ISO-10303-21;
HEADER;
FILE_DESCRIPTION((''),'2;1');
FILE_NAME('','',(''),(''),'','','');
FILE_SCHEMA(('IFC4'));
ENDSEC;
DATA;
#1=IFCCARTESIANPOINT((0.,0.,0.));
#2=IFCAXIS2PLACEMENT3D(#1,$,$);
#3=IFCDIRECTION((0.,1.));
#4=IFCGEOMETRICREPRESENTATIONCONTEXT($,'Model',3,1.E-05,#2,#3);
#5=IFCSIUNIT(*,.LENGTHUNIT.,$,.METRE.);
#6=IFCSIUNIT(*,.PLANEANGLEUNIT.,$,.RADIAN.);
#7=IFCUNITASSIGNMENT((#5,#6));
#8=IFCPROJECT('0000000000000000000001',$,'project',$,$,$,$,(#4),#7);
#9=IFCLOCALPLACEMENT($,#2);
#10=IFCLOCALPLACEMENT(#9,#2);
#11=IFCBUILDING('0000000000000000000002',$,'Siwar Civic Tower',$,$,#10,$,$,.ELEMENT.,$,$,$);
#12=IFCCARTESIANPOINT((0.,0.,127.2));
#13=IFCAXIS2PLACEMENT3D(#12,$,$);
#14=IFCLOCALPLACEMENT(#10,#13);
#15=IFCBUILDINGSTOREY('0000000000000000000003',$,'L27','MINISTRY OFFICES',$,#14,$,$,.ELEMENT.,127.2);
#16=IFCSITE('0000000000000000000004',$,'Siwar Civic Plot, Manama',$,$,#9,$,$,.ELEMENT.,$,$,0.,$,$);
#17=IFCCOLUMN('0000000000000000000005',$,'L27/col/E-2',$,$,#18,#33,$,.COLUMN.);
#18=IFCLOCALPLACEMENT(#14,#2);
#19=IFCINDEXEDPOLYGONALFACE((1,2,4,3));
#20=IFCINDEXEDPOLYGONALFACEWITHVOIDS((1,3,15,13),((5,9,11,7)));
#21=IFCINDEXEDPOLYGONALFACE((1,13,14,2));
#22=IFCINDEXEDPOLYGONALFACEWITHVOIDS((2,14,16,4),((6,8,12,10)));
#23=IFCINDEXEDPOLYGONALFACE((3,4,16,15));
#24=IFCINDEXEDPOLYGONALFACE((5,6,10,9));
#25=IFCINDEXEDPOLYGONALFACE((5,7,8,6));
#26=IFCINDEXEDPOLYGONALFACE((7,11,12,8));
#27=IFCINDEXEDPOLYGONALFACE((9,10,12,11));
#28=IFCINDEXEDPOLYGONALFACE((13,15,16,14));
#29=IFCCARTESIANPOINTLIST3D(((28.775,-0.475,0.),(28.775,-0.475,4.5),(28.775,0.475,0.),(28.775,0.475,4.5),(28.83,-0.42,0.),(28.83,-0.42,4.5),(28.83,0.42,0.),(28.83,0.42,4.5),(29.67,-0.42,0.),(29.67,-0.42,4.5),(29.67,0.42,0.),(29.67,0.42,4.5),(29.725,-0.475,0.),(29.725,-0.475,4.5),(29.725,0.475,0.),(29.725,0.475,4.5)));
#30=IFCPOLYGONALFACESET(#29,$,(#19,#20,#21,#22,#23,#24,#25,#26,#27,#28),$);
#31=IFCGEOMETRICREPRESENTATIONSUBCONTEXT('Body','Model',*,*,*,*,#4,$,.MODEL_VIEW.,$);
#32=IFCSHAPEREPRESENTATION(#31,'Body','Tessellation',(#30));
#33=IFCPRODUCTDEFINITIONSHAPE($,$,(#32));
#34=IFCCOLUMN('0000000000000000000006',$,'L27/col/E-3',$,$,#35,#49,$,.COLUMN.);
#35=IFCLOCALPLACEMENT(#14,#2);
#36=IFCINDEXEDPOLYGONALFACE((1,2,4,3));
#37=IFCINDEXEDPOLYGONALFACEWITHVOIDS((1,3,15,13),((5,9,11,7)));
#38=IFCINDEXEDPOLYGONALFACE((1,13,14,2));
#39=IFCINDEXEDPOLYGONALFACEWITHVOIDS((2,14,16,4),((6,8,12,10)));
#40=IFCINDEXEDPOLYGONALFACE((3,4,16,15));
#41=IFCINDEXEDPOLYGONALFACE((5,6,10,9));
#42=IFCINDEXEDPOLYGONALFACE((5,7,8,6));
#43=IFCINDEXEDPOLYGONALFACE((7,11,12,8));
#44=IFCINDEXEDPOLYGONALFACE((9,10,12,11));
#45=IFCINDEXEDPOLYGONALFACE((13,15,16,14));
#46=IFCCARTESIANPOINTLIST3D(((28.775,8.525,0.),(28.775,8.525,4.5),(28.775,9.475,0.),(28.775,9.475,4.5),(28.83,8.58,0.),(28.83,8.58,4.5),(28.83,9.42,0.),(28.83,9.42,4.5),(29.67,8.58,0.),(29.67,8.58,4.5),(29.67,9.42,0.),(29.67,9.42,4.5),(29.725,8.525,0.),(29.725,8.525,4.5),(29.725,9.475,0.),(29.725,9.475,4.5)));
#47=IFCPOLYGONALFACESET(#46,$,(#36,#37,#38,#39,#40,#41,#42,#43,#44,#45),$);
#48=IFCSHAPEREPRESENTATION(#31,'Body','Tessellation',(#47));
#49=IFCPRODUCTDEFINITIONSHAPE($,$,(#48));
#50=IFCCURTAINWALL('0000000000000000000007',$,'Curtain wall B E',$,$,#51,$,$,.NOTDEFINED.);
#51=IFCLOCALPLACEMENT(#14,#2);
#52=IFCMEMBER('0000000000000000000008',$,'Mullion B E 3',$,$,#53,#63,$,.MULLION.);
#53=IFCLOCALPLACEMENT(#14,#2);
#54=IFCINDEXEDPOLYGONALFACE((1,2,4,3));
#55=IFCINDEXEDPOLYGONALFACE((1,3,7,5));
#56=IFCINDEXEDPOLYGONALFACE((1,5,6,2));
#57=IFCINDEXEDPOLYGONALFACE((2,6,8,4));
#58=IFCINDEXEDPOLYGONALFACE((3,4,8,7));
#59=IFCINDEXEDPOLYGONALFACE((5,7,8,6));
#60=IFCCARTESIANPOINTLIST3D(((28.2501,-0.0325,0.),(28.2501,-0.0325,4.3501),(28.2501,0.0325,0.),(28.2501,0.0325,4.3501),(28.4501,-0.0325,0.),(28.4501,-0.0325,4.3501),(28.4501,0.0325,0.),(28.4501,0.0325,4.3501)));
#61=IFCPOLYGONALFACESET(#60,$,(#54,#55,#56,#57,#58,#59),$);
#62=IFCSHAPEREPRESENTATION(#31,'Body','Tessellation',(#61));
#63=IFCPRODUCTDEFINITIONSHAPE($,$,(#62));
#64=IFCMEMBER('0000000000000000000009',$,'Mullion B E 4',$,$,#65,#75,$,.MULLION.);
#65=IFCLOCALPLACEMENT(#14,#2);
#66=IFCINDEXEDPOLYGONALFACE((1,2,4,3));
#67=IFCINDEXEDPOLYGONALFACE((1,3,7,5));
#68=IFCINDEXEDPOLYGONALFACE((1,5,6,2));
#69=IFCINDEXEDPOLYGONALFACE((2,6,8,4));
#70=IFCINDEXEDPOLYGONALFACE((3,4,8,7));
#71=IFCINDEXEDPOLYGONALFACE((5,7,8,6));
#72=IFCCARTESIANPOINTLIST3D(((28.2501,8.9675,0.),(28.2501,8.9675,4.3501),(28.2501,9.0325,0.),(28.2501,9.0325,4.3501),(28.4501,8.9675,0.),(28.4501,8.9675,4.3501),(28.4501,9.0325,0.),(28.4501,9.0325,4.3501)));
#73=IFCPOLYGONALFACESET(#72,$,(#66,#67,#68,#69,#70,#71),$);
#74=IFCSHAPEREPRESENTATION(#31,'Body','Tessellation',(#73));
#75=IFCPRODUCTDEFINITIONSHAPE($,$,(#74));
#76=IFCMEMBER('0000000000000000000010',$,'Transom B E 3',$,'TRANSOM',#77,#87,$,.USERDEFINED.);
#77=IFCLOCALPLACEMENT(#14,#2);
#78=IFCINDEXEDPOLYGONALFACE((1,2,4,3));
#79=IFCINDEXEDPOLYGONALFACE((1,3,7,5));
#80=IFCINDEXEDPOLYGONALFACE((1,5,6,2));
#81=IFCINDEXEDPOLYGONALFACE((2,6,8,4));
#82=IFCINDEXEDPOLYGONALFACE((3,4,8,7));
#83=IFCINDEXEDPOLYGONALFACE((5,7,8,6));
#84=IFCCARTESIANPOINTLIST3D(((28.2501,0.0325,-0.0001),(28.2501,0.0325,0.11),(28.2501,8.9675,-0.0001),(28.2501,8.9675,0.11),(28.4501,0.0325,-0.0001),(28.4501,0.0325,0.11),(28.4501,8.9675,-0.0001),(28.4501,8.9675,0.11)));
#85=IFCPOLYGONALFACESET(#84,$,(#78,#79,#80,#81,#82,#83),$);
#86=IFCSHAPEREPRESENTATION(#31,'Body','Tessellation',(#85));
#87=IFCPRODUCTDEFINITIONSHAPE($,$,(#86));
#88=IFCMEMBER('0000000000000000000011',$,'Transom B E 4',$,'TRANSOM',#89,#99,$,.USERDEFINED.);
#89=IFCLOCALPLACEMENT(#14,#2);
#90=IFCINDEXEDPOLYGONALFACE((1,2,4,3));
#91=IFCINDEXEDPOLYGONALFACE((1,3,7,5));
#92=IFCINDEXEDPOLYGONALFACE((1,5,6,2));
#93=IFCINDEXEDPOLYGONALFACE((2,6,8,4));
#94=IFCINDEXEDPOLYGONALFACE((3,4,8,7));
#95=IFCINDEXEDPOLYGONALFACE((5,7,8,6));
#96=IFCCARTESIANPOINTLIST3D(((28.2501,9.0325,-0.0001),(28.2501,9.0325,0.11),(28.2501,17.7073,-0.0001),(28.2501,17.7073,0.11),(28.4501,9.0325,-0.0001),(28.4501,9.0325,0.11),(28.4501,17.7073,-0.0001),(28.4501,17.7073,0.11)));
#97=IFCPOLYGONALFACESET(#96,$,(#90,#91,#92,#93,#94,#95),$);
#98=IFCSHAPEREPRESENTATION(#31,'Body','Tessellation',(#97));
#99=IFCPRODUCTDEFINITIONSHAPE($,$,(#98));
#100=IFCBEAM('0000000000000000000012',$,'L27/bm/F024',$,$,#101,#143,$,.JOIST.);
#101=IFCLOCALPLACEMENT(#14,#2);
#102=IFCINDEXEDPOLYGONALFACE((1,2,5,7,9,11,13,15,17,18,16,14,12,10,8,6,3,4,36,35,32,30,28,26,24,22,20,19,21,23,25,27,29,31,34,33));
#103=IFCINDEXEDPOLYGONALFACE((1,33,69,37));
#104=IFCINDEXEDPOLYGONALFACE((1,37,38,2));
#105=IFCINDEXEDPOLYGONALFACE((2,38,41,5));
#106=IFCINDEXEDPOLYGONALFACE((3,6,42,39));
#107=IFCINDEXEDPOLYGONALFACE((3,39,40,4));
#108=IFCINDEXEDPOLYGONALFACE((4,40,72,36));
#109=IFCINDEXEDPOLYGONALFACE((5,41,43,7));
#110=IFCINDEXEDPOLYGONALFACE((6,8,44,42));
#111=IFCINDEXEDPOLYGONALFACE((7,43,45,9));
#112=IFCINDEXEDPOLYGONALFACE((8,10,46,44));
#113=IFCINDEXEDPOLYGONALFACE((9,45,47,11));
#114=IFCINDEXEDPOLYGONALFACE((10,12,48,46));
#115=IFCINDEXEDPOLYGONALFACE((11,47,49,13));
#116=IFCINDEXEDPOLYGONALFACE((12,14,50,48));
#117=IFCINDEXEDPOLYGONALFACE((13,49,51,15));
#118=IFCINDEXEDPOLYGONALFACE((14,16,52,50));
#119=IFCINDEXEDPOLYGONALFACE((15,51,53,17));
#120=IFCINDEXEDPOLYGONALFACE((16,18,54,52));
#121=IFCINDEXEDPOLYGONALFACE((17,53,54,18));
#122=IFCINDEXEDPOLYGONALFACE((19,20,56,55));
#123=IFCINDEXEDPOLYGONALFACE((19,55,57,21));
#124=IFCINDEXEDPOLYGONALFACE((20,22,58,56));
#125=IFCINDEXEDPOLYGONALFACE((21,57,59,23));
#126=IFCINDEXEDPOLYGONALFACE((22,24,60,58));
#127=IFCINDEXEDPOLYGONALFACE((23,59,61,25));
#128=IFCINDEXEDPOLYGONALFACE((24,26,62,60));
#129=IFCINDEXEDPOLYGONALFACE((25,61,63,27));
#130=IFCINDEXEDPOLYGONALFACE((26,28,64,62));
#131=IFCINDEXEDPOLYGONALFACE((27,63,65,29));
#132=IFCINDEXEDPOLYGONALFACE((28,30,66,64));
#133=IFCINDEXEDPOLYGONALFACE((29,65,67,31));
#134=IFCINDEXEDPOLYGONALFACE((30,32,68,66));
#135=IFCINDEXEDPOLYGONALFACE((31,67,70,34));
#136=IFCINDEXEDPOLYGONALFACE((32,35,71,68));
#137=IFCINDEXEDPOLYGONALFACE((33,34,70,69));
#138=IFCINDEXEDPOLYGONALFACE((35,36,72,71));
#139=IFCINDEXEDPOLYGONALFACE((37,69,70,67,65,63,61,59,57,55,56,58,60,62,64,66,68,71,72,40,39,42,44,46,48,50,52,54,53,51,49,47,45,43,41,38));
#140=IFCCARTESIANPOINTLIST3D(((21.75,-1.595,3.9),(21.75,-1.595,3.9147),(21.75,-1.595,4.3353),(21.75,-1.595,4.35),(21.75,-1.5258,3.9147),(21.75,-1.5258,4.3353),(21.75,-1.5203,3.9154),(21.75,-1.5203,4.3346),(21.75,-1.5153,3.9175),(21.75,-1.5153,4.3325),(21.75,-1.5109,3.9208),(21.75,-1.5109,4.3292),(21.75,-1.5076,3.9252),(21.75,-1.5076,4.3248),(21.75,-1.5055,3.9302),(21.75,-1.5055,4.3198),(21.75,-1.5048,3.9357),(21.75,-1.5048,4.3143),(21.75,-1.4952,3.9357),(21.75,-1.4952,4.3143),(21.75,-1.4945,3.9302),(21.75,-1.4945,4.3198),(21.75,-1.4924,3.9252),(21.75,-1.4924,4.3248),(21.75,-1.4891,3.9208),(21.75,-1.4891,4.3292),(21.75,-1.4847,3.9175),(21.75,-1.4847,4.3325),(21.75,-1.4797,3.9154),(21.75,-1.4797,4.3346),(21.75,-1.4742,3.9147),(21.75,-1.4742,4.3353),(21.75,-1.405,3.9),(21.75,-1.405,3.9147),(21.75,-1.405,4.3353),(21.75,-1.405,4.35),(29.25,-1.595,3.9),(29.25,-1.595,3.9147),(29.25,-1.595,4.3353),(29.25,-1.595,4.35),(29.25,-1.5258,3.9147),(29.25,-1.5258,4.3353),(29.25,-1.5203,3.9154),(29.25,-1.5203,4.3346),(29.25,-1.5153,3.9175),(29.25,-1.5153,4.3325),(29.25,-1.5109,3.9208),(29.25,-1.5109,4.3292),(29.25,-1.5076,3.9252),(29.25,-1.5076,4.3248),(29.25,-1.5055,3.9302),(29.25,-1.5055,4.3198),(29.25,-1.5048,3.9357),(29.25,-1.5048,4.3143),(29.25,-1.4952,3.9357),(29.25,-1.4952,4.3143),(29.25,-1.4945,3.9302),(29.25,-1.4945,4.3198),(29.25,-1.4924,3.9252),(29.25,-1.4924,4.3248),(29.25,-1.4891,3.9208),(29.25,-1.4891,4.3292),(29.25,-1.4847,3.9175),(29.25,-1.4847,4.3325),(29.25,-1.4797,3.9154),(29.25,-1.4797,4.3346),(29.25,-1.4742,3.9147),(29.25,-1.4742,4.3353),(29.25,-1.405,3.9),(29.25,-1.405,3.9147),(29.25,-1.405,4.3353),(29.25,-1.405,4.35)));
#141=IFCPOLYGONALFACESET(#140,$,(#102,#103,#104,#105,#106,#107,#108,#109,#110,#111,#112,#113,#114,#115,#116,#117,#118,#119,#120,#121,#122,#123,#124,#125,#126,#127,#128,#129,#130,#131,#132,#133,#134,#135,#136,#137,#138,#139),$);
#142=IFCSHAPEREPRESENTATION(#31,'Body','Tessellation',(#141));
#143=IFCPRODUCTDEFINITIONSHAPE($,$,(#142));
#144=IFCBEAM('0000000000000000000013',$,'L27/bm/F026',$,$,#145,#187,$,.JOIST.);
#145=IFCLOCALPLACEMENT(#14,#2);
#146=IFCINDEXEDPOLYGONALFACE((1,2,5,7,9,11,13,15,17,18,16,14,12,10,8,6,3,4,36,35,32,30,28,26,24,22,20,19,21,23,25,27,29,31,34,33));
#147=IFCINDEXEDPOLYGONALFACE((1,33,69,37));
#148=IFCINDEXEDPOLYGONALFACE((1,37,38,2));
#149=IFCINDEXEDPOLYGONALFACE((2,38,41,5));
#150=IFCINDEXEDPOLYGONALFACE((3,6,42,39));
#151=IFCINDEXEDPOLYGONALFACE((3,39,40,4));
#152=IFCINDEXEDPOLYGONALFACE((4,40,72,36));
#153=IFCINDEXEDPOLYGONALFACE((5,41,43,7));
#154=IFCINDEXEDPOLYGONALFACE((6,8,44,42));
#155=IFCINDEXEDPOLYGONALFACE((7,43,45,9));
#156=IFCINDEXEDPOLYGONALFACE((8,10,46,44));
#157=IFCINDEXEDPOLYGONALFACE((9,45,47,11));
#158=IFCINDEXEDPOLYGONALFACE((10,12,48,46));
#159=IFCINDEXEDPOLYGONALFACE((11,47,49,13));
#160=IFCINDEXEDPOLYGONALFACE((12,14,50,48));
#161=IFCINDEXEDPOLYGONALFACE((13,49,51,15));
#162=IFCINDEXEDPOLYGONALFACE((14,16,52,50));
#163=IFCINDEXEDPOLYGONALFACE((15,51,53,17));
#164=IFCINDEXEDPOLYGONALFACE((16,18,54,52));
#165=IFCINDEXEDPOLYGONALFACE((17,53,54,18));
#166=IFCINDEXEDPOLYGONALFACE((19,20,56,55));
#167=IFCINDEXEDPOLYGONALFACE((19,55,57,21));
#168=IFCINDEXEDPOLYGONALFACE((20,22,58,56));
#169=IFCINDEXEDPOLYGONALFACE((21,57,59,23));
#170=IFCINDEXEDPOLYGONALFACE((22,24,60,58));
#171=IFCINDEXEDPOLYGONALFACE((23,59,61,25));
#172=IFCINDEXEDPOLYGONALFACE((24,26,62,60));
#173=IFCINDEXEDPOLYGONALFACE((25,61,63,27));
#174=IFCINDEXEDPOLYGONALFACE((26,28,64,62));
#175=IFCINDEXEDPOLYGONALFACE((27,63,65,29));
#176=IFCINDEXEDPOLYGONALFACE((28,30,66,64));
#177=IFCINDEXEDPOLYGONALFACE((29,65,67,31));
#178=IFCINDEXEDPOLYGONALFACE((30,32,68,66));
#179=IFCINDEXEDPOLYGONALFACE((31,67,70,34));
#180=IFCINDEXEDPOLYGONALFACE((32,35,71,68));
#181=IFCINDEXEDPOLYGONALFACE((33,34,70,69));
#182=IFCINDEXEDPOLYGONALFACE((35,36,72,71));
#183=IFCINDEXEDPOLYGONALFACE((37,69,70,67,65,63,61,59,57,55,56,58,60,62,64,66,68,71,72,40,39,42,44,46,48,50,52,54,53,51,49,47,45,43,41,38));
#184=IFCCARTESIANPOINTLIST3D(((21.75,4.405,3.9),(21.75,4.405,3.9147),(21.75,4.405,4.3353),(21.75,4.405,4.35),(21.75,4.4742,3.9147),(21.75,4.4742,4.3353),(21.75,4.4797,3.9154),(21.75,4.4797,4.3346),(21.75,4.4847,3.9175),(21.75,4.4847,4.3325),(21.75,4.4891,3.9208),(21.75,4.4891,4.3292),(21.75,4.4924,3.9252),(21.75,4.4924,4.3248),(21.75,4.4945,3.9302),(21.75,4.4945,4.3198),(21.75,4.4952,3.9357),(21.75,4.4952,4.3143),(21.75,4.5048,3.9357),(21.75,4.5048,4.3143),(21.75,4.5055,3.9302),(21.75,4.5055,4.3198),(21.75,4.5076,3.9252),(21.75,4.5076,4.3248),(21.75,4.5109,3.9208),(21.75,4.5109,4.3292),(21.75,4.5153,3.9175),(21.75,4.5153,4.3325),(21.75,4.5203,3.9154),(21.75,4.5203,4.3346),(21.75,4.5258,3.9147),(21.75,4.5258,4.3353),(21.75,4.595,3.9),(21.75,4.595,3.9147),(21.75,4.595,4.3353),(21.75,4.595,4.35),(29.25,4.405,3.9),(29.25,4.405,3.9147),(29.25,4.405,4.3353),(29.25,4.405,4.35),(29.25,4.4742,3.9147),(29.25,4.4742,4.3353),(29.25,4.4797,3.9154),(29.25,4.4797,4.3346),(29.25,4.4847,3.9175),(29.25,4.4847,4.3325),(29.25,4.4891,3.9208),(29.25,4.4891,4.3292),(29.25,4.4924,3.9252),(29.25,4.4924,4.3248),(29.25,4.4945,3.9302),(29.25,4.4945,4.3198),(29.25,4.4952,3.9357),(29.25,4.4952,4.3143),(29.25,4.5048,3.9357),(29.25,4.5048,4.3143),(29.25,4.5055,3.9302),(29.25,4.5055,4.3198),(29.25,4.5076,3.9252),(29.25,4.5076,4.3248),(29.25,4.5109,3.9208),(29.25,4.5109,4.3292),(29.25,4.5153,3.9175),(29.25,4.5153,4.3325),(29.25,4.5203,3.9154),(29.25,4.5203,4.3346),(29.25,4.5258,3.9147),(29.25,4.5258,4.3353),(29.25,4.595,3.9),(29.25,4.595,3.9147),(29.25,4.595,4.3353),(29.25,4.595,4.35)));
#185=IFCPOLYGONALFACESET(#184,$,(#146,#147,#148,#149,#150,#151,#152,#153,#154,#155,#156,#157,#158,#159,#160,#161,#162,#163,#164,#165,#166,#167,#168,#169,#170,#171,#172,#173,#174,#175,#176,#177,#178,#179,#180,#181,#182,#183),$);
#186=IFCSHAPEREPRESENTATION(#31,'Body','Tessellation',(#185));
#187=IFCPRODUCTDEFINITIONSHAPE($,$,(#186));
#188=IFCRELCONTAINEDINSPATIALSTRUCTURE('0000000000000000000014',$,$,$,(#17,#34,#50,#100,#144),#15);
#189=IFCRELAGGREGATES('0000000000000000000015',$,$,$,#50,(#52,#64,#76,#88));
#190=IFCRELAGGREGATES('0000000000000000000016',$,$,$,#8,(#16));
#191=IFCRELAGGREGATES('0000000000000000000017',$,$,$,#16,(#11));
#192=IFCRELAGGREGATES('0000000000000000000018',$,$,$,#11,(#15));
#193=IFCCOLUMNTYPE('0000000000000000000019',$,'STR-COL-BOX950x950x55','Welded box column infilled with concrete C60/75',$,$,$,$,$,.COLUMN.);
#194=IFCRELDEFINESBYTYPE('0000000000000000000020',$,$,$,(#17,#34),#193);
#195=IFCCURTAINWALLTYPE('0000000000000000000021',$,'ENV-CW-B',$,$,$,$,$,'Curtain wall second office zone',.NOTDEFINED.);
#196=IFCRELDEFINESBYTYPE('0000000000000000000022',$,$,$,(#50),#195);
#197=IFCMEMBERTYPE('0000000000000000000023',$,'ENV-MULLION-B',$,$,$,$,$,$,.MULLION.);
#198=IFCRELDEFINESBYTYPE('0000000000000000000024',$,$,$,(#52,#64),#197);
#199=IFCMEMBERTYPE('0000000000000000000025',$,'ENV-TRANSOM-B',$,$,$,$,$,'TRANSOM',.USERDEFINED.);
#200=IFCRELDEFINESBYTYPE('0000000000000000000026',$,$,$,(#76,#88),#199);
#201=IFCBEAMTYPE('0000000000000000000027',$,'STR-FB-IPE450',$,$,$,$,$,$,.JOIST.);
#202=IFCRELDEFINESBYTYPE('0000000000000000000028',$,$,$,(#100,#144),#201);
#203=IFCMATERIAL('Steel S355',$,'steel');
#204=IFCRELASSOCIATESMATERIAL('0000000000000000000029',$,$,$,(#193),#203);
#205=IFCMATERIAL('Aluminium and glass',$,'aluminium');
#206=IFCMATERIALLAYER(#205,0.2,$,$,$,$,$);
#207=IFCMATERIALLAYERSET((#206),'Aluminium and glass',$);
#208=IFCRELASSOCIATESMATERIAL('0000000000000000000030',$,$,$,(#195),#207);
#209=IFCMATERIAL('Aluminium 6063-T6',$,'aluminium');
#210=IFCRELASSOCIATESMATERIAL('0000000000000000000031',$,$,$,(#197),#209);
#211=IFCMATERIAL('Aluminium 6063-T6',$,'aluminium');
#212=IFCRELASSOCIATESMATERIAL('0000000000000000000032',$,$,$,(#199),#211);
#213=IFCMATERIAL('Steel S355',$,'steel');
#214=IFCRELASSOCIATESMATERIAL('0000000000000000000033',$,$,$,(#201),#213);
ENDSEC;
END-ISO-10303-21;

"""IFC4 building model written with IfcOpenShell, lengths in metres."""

from ifc_helpers import new_model, si_unit, direction, frame, origin, origin_2d, place, context, subcontext, project, spatial, rectangle, hollow_rectangle, i_section, extrude, material, layer, layer_set, material_profile, profile_set, type_object, element, aggregate, save


model = new_model("IFC4")

# Units and contexts
model_context = context("Model", 3, precision=1e-05, world=origin(), true_north=direction((0.0, 1.0)))
body_context = subcontext(model_context, "Body", "Model", "MODEL_VIEW")
ifc_project = project(units=[si_unit("LENGTHUNIT", "METRE"), si_unit("PLANEANGLEUNIT", "RADIAN")], contexts=[model_context])

# Site, building, storey
site_placement = place(None, origin())
site = spatial("IfcSite", under=ifc_project, at=site_placement, Name="Siwar Civic Plot, Manama", CompositionType="ELEMENT", RefElevation=0.0)
building_placement = place(site_placement, origin())
building = spatial("IfcBuilding", under=site, at=building_placement, Name="Siwar Civic Tower", CompositionType="ELEMENT")
storey_placement = place(building_placement, frame((0.0, 0.0, 127.2)))
storey = spatial("IfcBuildingStorey", under=building, at=storey_placement, Name="L27", Description="MINISTRY OFFICES", CompositionType="ELEMENT", Elevation=127.2)

# Columns
ifc_material_1 = material(Name="Steel S355", Category="steel")
ifc_material_profile_1 = material_profile(ifc_material_1, hollow_rectangle(XDim=0.95, YDim=0.95, WallThickness=0.0549, at=origin_2d()), Name="BOX950x950x55")
ifc_profile_set_1 = profile_set([ifc_material_profile_1], Name="Steel S355")
column_type = type_object("IfcColumnType", Name="STR-COL-BOX950x950x55", Description="Welded box column infilled with concrete C60/75", PredefinedType="COLUMN", material=ifc_profile_set_1)
for number, where, z_axis, x_axis, name in (
    (1, (29.25, 0.0, 0.0), (0.0, 0.0, 1.0), (1.0, 0.0, 0.0), "L27/col/E-2"),
    (2, (29.25, 9.0, 0.0), (0.0, 0.0, 1.0), (1.0, 0.0, 0.0), "L27/col/E-3"),
):
    element("IfcColumn", number, at=place(storey_placement, frame(where, z_axis=z_axis, x_axis=x_axis)), inside=storey, type_object=column_type, Name=name, PredefinedType="COLUMN", context=body_context, shape_type="SweptSolid", body=[
        extrude(hollow_rectangle(XDim=0.95, YDim=0.95, WallThickness=0.0549, at=origin_2d()), origin(), (0.0, 0.0, 1.0), 4.5),
    ])

# Curtain wall, members
ifc_material_2 = material(Name="Aluminium and glass", Category="aluminium")
ifc_layer_1 = layer(ifc_material_2, 0.2)
ifc_layer_set_1 = layer_set([ifc_layer_1], Name="Aluminium and glass")
curtain_wall_type = type_object("IfcCurtainWallType", Name="ENV-CW-B", ElementType="Curtain wall second office zone", PredefinedType="NOTDEFINED", material=ifc_layer_set_1)
curtain_wall_placement = place(storey_placement, origin())
curtain_wall = element("IfcCurtainWall", 3, at=curtain_wall_placement, inside=storey, type_object=curtain_wall_type, Name="Curtain wall B E", PredefinedType="NOTDEFINED")
ifc_material_3 = material(Name="Aluminium 6063-T6", Category="aluminium")
ifc_material_profile_2 = material_profile(ifc_material_3, rectangle(XDim=0.2, YDim=0.0649, at=origin_2d()), Name="AL 200x65")
ifc_profile_set_2 = profile_set([ifc_material_profile_2], Name="Aluminium 6063-T6")
member_type_1 = type_object("IfcMemberType", Name="ENV-MULLION-B", PredefinedType="MULLION", material=ifc_profile_set_2)
member_1_placement = place(storey_placement, frame((28.3501, 0.0, 0.0), z_axis=(0.0, 0.0, 1.0), x_axis=(-1.0, 0.0, 0.0)))
member_1 = element("IfcMember", 4, at=member_1_placement, type_object=member_type_1, Name="Mullion B E 3", PredefinedType="MULLION", context=body_context, shape_type="SweptSolid", body=[
    extrude(rectangle(XDim=0.2, YDim=0.0649, at=origin_2d()), origin(), (0.0, 0.0, 1.0), 4.3501),
])
member_2_placement = place(storey_placement, frame((28.3501, 9.0, 0.0), z_axis=(0.0, 0.0, 1.0), x_axis=(-1.0, 0.0, 0.0)))
member_2 = element("IfcMember", 5, at=member_2_placement, type_object=member_type_1, Name="Mullion B E 4", PredefinedType="MULLION", context=body_context, shape_type="SweptSolid", body=[
    extrude(rectangle(XDim=0.2, YDim=0.0649, at=origin_2d()), origin(), (0.0, 0.0, 1.0), 4.3501),
])
ifc_material_4 = material(Name="Aluminium 6063-T6", Category="aluminium")
ifc_material_profile_3 = material_profile(ifc_material_4, rectangle(XDim=0.2, YDim=0.1101, at=origin_2d()), Name="AL 200x110")
ifc_profile_set_3 = profile_set([ifc_material_profile_3], Name="Aluminium 6063-T6")
member_type_2 = type_object("IfcMemberType", Name="ENV-TRANSOM-B", ElementType="TRANSOM", PredefinedType="USERDEFINED", material=ifc_profile_set_3)
member_3_placement = place(storey_placement, frame((28.3501, 0.0325, 0.0549), z_axis=(0.0, 1.0, 0.0), x_axis=(-1.0, 0.0, 0.0)))
member_3 = element("IfcMember", 6, at=member_3_placement, type_object=member_type_2, Name="Transom B E 3", ObjectType="TRANSOM", PredefinedType="USERDEFINED", context=body_context, shape_type="SweptSolid", body=[
    extrude(rectangle(XDim=0.2, YDim=0.1101, at=origin_2d()), origin(), (0.0, 0.0, 1.0), 8.9351),
])
member_4_placement = place(storey_placement, frame((28.3501, 9.0325, 0.0549), z_axis=(0.0, 1.0, 0.0), x_axis=(-1.0, 0.0, 0.0)))
member_4 = element("IfcMember", 7, at=member_4_placement, type_object=member_type_2, Name="Transom B E 4", ObjectType="TRANSOM", PredefinedType="USERDEFINED", context=body_context, shape_type="SweptSolid", body=[
    extrude(rectangle(XDim=0.2, YDim=0.1101, at=origin_2d()), origin(), (0.0, 0.0, 1.0), 8.6748),
])

# Beams
ifc_material_5 = material(Name="Steel S355", Category="steel")
ifc_material_profile_4 = material_profile(ifc_material_5, i_section(OverallWidth=0.1899, OverallDepth=0.45, WebThickness=0.0095, FlangeThickness=0.0146, FilletRadius=0.021, at=origin_2d()), Name="IPE450")
ifc_profile_set_4 = profile_set([ifc_material_profile_4], Name="Steel S355")
beam_type_1 = type_object("IfcBeamType", Name="STR-FB-IPE450", PredefinedType="JOIST", material=ifc_profile_set_4)
for number, where, z_axis, x_axis, name in (
    (8, (21.75, -1.5, 4.125), (1.0, 0.0, 0.0), (0.0, 1.0, 0.0), "L27/bm/F024"),
    (9, (21.75, 4.5, 4.125), (1.0, 0.0, 0.0), (0.0, 1.0, 0.0), "L27/bm/F026"),
):
    element("IfcBeam", number, at=place(storey_placement, frame(where, z_axis=z_axis, x_axis=x_axis)), inside=storey, type_object=beam_type_1, Name=name, PredefinedType="JOIST", context=body_context, shape_type="SweptSolid", body=[
        extrude(i_section(OverallWidth=0.1899, OverallDepth=0.45, WebThickness=0.0095, FlangeThickness=0.0146, FilletRadius=0.021, at=origin_2d()), origin(), (0.0, 0.0, 1.0), 7.5),
    ])

aggregate(curtain_wall, [member_1, member_2, member_3, member_4])

save(model, "model.ifc")
